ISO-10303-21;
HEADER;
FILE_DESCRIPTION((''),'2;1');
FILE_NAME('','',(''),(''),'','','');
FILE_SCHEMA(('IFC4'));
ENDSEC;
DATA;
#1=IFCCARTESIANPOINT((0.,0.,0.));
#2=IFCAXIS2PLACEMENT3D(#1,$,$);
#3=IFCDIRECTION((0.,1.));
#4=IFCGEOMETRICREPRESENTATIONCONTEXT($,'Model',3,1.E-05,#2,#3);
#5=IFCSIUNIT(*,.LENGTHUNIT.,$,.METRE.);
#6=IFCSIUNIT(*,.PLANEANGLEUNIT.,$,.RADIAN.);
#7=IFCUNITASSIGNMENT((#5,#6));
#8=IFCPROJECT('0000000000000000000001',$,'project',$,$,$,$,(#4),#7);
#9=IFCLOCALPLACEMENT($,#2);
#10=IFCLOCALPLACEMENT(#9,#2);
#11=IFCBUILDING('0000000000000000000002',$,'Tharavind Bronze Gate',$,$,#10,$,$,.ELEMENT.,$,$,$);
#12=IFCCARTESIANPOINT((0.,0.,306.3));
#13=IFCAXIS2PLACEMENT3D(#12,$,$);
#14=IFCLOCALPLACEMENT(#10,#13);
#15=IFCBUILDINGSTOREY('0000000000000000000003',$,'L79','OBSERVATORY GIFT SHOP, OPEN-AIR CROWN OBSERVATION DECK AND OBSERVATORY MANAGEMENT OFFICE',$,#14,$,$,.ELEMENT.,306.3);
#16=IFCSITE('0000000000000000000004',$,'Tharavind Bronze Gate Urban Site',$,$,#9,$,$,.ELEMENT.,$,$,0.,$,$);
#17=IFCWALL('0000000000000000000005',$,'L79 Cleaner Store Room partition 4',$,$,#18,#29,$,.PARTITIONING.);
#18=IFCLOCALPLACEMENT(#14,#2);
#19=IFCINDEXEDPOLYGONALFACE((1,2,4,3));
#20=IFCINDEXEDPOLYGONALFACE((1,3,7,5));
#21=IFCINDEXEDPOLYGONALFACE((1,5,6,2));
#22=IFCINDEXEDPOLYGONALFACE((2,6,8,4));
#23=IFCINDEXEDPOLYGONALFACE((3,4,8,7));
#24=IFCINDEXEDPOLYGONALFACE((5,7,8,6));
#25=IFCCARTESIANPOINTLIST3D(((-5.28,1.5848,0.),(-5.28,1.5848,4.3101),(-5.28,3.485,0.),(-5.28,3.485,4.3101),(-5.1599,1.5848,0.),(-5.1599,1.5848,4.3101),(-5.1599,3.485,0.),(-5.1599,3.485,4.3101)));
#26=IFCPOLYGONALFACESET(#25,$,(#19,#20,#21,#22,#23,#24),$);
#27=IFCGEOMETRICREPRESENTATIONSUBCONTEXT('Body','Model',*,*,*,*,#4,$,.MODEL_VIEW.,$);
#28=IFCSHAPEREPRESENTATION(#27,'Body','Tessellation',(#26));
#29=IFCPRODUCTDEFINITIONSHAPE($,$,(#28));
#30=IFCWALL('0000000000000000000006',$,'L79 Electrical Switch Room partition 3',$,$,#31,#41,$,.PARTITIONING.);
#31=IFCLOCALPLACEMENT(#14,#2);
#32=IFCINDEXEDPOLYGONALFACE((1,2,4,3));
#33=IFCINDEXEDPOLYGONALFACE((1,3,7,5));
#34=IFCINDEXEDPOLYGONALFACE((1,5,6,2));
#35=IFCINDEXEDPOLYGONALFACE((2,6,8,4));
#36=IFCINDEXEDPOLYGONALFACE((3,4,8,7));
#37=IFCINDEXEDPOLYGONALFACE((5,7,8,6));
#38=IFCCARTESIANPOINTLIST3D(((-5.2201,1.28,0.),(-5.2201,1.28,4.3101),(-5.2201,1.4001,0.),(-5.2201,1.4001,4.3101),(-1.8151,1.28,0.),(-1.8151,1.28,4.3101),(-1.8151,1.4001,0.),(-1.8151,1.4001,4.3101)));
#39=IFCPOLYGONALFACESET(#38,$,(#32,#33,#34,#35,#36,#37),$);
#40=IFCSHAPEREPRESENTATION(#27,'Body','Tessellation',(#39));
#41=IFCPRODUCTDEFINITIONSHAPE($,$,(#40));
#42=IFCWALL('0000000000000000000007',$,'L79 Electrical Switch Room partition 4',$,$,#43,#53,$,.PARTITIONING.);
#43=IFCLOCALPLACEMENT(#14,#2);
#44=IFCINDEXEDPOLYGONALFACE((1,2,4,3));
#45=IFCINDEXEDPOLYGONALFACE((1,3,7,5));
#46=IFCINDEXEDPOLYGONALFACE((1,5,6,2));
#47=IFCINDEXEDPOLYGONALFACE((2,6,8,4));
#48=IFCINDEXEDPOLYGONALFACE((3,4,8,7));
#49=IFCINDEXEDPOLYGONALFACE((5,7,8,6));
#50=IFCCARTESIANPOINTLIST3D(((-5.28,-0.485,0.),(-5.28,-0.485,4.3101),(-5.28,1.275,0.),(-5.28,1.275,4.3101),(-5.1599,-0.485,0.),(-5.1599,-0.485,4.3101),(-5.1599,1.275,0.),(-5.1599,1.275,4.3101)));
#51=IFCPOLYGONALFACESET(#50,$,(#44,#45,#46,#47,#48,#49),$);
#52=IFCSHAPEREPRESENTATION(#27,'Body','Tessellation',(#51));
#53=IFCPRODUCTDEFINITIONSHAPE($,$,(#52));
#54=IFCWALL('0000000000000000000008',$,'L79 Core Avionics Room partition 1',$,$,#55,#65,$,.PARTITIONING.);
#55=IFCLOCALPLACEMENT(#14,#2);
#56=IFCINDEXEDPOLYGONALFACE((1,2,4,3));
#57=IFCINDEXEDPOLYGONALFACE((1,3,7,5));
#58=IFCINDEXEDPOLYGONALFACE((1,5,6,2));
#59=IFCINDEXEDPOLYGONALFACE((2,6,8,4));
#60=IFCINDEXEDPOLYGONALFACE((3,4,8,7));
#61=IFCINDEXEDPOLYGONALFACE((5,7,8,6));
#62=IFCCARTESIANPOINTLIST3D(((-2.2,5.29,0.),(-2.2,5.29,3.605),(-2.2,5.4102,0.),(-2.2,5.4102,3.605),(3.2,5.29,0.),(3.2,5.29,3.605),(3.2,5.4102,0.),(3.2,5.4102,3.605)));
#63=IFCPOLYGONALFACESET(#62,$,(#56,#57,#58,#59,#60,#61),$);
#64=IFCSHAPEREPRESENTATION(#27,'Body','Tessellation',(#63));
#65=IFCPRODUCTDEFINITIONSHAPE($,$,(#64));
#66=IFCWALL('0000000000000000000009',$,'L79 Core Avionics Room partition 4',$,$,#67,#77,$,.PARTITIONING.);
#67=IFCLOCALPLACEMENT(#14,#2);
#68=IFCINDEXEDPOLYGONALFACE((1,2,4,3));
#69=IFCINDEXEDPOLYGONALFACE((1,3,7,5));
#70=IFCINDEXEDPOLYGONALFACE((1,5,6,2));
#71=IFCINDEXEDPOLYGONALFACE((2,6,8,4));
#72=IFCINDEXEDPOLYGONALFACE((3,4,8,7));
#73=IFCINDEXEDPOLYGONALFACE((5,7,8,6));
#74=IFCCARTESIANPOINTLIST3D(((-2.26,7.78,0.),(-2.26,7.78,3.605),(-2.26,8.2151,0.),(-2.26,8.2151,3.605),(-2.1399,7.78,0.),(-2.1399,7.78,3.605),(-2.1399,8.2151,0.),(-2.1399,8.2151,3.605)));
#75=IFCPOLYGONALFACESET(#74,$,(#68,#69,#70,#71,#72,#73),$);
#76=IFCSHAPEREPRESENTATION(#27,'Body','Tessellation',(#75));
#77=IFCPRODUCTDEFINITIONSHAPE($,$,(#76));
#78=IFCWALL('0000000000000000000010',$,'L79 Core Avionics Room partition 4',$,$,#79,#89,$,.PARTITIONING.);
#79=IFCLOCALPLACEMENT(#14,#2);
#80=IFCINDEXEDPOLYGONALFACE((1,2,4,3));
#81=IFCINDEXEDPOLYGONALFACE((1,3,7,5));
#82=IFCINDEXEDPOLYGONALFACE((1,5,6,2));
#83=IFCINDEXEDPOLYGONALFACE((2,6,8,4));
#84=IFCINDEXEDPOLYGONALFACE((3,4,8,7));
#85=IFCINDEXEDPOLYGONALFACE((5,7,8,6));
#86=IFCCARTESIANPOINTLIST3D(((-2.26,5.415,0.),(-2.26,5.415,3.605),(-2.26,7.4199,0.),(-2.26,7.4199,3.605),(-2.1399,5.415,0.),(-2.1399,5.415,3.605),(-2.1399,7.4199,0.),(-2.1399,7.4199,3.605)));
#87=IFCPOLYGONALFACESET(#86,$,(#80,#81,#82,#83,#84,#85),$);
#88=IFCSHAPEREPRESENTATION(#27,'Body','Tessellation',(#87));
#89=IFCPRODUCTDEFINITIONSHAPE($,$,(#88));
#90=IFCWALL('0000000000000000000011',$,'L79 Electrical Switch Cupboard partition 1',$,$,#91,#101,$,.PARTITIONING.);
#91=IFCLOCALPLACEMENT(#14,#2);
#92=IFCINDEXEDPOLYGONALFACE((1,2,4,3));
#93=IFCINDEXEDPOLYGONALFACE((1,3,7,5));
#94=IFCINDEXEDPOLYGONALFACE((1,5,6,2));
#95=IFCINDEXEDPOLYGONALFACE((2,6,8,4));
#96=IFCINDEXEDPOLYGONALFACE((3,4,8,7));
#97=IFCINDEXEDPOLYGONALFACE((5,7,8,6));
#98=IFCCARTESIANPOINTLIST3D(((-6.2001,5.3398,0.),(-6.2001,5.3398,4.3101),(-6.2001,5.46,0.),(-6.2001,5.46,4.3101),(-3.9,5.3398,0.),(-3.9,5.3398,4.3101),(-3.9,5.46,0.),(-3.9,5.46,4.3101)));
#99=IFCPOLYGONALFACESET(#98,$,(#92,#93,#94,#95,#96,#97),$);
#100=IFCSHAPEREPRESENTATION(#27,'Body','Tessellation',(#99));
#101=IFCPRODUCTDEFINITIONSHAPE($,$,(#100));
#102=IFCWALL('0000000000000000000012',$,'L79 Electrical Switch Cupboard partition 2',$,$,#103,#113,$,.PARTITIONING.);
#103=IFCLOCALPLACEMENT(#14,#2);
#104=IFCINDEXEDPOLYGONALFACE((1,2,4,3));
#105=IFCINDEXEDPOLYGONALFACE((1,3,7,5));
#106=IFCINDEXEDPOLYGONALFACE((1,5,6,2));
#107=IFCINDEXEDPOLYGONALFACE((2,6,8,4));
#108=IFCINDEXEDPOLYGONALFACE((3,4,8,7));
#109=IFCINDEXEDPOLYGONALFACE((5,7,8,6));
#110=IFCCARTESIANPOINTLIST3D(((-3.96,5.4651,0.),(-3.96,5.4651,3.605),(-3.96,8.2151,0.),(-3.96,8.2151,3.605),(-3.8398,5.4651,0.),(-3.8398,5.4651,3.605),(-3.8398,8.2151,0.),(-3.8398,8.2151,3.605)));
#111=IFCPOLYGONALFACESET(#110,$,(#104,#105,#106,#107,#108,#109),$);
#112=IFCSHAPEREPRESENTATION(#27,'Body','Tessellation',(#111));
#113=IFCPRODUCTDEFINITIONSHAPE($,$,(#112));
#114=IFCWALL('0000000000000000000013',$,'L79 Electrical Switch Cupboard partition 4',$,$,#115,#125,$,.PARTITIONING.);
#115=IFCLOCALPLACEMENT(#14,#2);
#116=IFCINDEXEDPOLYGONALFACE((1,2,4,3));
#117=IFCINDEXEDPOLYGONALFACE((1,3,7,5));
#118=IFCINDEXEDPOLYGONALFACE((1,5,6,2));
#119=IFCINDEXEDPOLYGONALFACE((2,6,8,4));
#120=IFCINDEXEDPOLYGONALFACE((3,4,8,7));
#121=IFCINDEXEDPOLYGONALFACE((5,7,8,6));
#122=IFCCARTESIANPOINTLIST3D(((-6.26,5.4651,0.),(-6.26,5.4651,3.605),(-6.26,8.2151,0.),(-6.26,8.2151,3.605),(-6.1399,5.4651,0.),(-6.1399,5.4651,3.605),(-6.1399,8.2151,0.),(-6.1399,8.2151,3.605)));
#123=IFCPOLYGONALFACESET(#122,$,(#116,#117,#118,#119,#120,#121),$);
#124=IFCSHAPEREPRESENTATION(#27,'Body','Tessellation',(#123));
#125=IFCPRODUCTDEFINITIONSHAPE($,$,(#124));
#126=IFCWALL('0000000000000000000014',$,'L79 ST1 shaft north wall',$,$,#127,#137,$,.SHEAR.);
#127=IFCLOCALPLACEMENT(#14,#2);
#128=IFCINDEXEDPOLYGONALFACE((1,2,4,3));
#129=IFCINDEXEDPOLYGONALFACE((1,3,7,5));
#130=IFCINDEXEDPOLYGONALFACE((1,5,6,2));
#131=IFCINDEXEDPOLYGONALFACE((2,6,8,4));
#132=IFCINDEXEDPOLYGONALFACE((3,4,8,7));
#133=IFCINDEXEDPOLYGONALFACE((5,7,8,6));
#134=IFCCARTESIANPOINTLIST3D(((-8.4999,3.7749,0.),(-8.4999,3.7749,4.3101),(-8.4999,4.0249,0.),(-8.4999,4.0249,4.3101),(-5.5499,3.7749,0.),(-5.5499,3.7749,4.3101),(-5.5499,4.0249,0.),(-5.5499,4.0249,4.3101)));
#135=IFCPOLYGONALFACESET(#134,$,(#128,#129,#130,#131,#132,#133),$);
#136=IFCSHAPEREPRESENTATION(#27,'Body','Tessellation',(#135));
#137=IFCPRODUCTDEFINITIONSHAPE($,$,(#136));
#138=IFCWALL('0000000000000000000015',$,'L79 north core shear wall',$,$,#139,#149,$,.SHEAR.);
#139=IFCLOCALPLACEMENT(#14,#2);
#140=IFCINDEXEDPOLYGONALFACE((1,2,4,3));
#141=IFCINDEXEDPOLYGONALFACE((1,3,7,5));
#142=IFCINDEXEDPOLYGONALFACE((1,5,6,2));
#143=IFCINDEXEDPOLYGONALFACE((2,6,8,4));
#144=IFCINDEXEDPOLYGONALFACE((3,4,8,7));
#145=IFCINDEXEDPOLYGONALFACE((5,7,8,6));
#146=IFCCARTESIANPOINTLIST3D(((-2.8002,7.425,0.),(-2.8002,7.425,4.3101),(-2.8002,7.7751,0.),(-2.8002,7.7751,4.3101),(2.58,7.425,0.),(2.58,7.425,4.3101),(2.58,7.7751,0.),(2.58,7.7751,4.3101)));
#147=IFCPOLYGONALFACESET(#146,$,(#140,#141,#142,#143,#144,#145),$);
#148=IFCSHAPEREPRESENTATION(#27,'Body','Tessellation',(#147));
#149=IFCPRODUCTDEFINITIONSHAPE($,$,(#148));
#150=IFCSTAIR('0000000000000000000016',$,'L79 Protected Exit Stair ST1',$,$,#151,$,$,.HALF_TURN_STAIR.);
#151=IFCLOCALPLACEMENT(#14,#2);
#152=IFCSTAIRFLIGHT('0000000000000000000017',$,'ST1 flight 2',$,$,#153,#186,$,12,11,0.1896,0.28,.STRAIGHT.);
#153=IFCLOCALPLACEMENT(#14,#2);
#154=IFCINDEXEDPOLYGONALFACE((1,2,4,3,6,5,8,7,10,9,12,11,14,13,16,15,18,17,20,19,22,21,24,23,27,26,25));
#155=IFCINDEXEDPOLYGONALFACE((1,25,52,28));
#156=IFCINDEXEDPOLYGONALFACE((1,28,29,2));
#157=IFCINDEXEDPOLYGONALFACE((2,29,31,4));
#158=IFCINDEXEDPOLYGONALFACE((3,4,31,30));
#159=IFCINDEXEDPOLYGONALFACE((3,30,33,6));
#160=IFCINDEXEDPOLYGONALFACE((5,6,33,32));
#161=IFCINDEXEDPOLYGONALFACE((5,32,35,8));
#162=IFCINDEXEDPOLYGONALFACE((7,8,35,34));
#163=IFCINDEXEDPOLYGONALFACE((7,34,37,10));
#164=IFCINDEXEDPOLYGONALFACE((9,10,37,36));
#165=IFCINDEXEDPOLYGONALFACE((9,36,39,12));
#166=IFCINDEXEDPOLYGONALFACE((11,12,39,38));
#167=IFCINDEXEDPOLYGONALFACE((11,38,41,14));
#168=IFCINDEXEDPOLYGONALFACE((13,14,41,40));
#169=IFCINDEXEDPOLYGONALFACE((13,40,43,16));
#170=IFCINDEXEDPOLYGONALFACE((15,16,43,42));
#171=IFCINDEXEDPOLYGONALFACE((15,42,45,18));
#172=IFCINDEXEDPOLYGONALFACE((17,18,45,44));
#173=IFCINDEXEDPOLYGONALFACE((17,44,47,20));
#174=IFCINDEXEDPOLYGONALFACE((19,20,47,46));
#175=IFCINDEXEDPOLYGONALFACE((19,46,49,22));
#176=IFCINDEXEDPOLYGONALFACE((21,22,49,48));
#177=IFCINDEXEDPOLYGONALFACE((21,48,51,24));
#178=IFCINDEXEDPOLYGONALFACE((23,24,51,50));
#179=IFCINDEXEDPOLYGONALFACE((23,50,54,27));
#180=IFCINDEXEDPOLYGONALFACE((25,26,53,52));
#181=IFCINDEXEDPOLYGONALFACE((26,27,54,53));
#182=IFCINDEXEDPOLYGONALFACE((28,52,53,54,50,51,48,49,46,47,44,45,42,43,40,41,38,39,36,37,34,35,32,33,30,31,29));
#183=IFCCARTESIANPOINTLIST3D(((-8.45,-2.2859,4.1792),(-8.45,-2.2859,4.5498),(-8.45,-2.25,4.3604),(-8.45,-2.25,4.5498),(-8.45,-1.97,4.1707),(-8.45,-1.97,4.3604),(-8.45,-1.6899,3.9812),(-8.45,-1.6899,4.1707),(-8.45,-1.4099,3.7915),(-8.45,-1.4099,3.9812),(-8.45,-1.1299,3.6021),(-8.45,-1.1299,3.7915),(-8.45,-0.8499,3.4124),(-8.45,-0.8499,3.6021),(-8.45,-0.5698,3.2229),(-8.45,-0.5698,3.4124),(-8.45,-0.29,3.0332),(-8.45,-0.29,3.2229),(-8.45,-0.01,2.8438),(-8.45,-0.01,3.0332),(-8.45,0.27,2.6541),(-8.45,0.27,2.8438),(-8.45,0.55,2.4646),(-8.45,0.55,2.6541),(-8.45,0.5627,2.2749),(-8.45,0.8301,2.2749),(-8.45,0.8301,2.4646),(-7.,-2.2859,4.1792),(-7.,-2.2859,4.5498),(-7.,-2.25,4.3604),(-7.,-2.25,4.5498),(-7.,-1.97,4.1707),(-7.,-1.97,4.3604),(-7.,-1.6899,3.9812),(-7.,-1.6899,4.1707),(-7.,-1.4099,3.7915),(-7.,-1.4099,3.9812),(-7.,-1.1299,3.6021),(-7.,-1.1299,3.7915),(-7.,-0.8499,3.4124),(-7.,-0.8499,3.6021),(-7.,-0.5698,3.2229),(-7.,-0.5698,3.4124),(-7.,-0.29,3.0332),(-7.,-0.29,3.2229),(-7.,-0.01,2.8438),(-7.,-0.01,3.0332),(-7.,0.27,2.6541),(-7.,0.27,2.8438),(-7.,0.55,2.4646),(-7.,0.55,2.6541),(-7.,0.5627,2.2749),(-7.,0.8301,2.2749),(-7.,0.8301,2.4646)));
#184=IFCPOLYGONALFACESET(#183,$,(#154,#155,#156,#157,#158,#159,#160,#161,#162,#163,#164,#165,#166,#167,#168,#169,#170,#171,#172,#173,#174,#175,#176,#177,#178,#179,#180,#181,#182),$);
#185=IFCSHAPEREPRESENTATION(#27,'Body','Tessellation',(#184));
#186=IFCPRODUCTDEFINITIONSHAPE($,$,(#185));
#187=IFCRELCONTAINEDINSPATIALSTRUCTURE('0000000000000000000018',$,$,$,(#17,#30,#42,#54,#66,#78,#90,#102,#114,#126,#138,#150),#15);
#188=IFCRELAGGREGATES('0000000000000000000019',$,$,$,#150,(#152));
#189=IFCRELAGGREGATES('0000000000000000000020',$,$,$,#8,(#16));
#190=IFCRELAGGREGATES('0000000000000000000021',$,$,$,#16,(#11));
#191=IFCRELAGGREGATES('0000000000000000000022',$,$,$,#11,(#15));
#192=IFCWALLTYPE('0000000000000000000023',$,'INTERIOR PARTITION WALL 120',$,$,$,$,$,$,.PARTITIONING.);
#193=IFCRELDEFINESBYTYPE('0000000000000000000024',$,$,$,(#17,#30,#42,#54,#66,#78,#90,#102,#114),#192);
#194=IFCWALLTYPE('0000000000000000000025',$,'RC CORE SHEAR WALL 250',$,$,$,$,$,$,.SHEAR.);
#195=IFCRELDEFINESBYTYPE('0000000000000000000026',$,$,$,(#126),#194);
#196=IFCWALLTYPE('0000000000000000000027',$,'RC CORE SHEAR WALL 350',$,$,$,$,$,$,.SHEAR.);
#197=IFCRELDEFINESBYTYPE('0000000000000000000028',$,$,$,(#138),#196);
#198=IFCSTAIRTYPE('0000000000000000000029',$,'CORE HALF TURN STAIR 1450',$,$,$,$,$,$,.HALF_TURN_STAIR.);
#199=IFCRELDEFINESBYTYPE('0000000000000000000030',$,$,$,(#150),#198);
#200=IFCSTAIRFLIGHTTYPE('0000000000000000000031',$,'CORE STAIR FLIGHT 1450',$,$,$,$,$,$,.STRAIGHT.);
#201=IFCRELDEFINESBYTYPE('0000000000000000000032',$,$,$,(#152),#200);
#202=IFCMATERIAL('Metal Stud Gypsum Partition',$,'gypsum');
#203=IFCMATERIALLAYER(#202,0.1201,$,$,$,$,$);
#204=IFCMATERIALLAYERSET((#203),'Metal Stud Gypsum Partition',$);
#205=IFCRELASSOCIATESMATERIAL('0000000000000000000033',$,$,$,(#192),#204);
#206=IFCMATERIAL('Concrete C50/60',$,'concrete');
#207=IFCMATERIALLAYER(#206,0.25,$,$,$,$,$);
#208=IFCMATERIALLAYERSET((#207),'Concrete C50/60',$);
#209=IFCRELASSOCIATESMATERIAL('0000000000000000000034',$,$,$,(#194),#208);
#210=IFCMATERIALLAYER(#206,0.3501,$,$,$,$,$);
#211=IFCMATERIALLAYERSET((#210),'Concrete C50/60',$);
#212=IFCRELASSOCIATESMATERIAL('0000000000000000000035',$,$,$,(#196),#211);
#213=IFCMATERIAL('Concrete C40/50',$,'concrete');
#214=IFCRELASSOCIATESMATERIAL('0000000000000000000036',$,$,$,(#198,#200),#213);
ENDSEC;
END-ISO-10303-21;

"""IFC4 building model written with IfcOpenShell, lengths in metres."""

from ifc_helpers import new_model, si_unit, direction, frame, frame_2d, origin, place, context, subcontext, project, spatial, polyline, rectangle, outline, extrude, material, layer, layer_set, type_object, element, aggregate, save


model = new_model("IFC4")

# Units and contexts
model_context = context("Model", 3, precision=1e-05, world=origin(), true_north=direction((0.0, 1.0)))
body_context = subcontext(model_context, "Body", "Model", "MODEL_VIEW")
ifc_project = project(units=[si_unit("LENGTHUNIT", "METRE"), si_unit("PLANEANGLEUNIT", "RADIAN")], contexts=[model_context])

# Site, building, storey
site_placement = place(None, origin())
site = spatial("IfcSite", under=ifc_project, at=site_placement, Name="Tharavind Bronze Gate Urban Site", CompositionType="ELEMENT", RefElevation=0.0)
building_placement = place(site_placement, origin())
building = spatial("IfcBuilding", under=site, at=building_placement, Name="Tharavind Bronze Gate", CompositionType="ELEMENT")
storey_placement = place(building_placement, frame((0.0, 0.0, 306.3)))
storey = spatial("IfcBuildingStorey", under=building, at=storey_placement, Name="L79", Description="OBSERVATORY GIFT SHOP, OPEN-AIR CROWN OBSERVATION DECK AND OBSERVATORY MANAGEMENT OFFICE", CompositionType="ELEMENT", Elevation=306.3)

# Shared definitions
ifc_material_1 = material(Name="Concrete C50/60", Category="concrete")

# Walls
ifc_material_2 = material(Name="Metal Stud Gypsum Partition", Category="gypsum")
ifc_layer_1 = layer(ifc_material_2, 0.1201)
ifc_layer_set_1 = layer_set([ifc_layer_1], Name="Metal Stud Gypsum Partition")
wall_type_1 = type_object("IfcWallType", Name="INTERIOR PARTITION WALL 120", PredefinedType="PARTITIONING", material=ifc_layer_set_1)
wall_1_placement = place(storey_placement, frame((-5.22, 3.4851, 0.0), z_axis=(0.0, 0.0, 1.0), x_axis=(0.0, -1.0, 0.0)))
element("IfcWall", 1, at=wall_1_placement, inside=storey, type_object=wall_type_1, Name="L79 Cleaner Store Room partition 4", PredefinedType="PARTITIONING", context=body_context, shape_type="SweptSolid", body=[
    extrude(rectangle(XDim=1.9001, YDim=0.1201, at=frame_2d((0.9502, 0.0))), origin(), (0.0, 0.0, 1.0), 4.3101),
])
wall_2_placement = place(storey_placement, frame((-1.8149, 1.3401, 0.0), z_axis=(0.0, 0.0, 1.0), x_axis=(-1.0, 0.0, 0.0)))
element("IfcWall", 2, at=wall_2_placement, inside=storey, type_object=wall_type_1, Name="L79 Electrical Switch Room partition 3", PredefinedType="PARTITIONING", context=body_context, shape_type="SweptSolid", body=[
    extrude(rectangle(XDim=3.405, YDim=0.1201, at=frame_2d((1.7026, 0.0))), origin(), (0.0, 0.0, 1.0), 4.3101),
])
wall_3_placement = place(storey_placement, frame((-5.22, 1.2749, 0.0), z_axis=(0.0, 0.0, 1.0), x_axis=(0.0, -1.0, 0.0)))
element("IfcWall", 3, at=wall_3_placement, inside=storey, type_object=wall_type_1, Name="L79 Electrical Switch Room partition 4", PredefinedType="PARTITIONING", context=body_context, shape_type="SweptSolid", body=[
    extrude(rectangle(XDim=1.76, YDim=0.1201, at=frame_2d((0.8799, 0.0))), origin(), (0.0, 0.0, 1.0), 4.3101),
])
wall_4_placement = place(storey_placement, frame((-2.2, 5.3501, 0.0), z_axis=(0.0, 0.0, 1.0), x_axis=(1.0, 0.0, 0.0)))
element("IfcWall", 4, at=wall_4_placement, inside=storey, type_object=wall_type_1, Name="L79 Core Avionics Room partition 1", PredefinedType="PARTITIONING", context=body_context, shape_type="SweptSolid", body=[
    extrude(rectangle(XDim=5.3999, YDim=0.1201, at=frame_2d((2.7, 0.0))), origin(), (0.0, 0.0, 1.0), 3.605),
])
wall_5_placement = place(storey_placement, frame((-2.2, 8.2151, 0.0), z_axis=(0.0, 0.0, 1.0), x_axis=(0.0, -1.0, 0.0)))
element("IfcWall", 5, at=wall_5_placement, inside=storey, type_object=wall_type_1, Name="L79 Core Avionics Room partition 4", PredefinedType="PARTITIONING", context=body_context, shape_type="SweptSolid", body=[
    extrude(rectangle(XDim=0.4351, YDim=0.1201, at=frame_2d((0.2175, 0.0))), origin(), (0.0, 0.0, 1.0), 3.605),
])
wall_6_placement = place(storey_placement, frame((-2.2, 7.4199, 0.0), z_axis=(0.0, 0.0, 1.0), x_axis=(0.0, -1.0, 0.0)))
element("IfcWall", 6, at=wall_6_placement, inside=storey, type_object=wall_type_1, Name="L79 Core Avionics Room partition 4", PredefinedType="PARTITIONING", context=body_context, shape_type="SweptSolid", body=[
    extrude(rectangle(XDim=2.0049, YDim=0.1201, at=frame_2d((1.0024, 0.0))), origin(), (0.0, 0.0, 1.0), 3.605),
])
wall_7_placement = place(storey_placement, frame((-6.2, 5.3999, 0.0), z_axis=(0.0, 0.0, 1.0), x_axis=(1.0, 0.0, 0.0)))
element("IfcWall", 7, at=wall_7_placement, inside=storey, type_object=wall_type_1, Name="L79 Electrical Switch Cupboard partition 1", PredefinedType="PARTITIONING", context=body_context, shape_type="SweptSolid", body=[
    extrude(rectangle(XDim=2.3, YDim=0.1201, at=frame_2d((1.1499, 0.0))), origin(), (0.0, 0.0, 1.0), 4.3101),
])
for number, where, z_axis, x_axis, name in (
    (8, (-3.8999, 5.4651, 0.0), (0.0, 0.0, 1.0), (0.0, 1.0, 0.0), "L79 Electrical Switch Cupboard partition 2"),
    (9, (-6.2, 8.2151, 0.0), (0.0, 0.0, 1.0), (0.0, -1.0, 0.0), "L79 Electrical Switch Cupboard partition 4"),
):
    element("IfcWall", number, at=place(storey_placement, frame(where, z_axis=z_axis, x_axis=x_axis)), inside=storey, type_object=wall_type_1, Name=name, PredefinedType="PARTITIONING", context=body_context, shape_type="SweptSolid", body=[
        extrude(rectangle(XDim=2.75, YDim=0.1201, at=frame_2d((1.375, 0.0))), origin(), (0.0, 0.0, 1.0), 3.605),
    ])
ifc_layer_2 = layer(ifc_material_1, 0.25)
ifc_layer_set_2 = layer_set([ifc_layer_2], Name="Concrete C50/60")
wall_type_2 = type_object("IfcWallType", Name="RC CORE SHEAR WALL 250", PredefinedType="SHEAR", material=ifc_layer_set_2)
wall_8_placement = place(storey_placement, frame((-8.5, 3.8999, 0.0), z_axis=(0.0, 0.0, 1.0), x_axis=(1.0, 0.0, 0.0)))
element("IfcWall", 10, at=wall_8_placement, inside=storey, type_object=wall_type_2, Name="L79 ST1 shaft north wall", PredefinedType="SHEAR", context=body_context, shape_type="SweptSolid", body=[
    extrude(rectangle(XDim=2.95, YDim=0.25, at=frame_2d((1.4751, 0.0))), origin(), (0.0, 0.0, 1.0), 4.3101),
])
ifc_layer_3 = layer(ifc_material_1, 0.3501)
ifc_layer_set_3 = layer_set([ifc_layer_3], Name="Concrete C50/60")
wall_type_3 = type_object("IfcWallType", Name="RC CORE SHEAR WALL 350", PredefinedType="SHEAR", material=ifc_layer_set_3)
wall_9_placement = place(storey_placement, frame((-2.8, 7.6001, 0.0), z_axis=(0.0, 0.0, 1.0), x_axis=(1.0, 0.0, 0.0)))
element("IfcWall", 11, at=wall_9_placement, inside=storey, type_object=wall_type_3, Name="L79 north core shear wall", PredefinedType="SHEAR", context=body_context, shape_type="SweptSolid", body=[
    extrude(rectangle(XDim=5.3801, YDim=0.3501, at=frame_2d((2.6899, 0.0))), origin(), (0.0, 0.0, 1.0), 4.3101),
])

# Stair, stair flight
ifc_material_3 = material(Name="Concrete C40/50", Category="concrete")
stair_type = type_object("IfcStairType", Name="CORE HALF TURN STAIR 1450", PredefinedType="HALF_TURN_STAIR", material=ifc_material_3)
stair_placement = place(storey_placement, origin())
stair = element("IfcStair", 12, at=stair_placement, inside=storey, type_object=stair_type, Name="L79 Protected Exit Stair ST1", PredefinedType="HALF_TURN_STAIR")
stair_flight_type = type_object("IfcStairFlightType", Name="CORE STAIR FLIGHT 1450", PredefinedType="STRAIGHT", material=ifc_material_3)
stair_flight_placement = place(storey_placement, frame((-7.7251, 0.8301, 2.2749), z_axis=(0.0, 0.0, 1.0), x_axis=(0.0, -1.0, 0.0)))
stair_flight = element("IfcStairFlight", 13, at=stair_flight_placement, type_object=stair_flight_type, Name="ST1 flight 2", NumberOfRisers=12, NumberOfTreads=11, PredefinedType="STRAIGHT", RiserHeight=0.1896, TreadLength=0.28, context=body_context, shape_type="SweptSolid", body=[
    extrude(outline(polyline([(0.0, 0.0), (0.0, 0.1897), (0.28, 0.1897), (0.28, 0.3792), (0.5601, 0.3792), (0.5601, 0.5688), (0.8401, 0.5688), (0.8401, 0.7583), (1.1201, 0.7583), (1.1201, 0.948), (1.3999, 0.948), (1.3999, 1.1375), (1.6799, 1.1375), (1.6799, 1.3271), (1.96, 1.3271), (1.96, 1.5166), (2.24, 1.5166), (2.24, 1.7063), (2.52, 1.7063), (2.52, 1.8958), (2.8, 1.8958), (2.8, 2.0854), (3.0801, 2.0854), (3.0801, 2.2749), (3.116, 2.2749), (3.116, 1.9043), (0.2673, 0.0), (0.0, 0.0)])), frame((0.0, 0.7251, 0.0), z_axis=(0.0, -1.0, 0.0), x_axis=(1.0, 0.0, 0.0)), (0.0, 0.0, 1.0), 1.45),
])
aggregate(stair, [stair_flight])

save(model, "model.ifc")
